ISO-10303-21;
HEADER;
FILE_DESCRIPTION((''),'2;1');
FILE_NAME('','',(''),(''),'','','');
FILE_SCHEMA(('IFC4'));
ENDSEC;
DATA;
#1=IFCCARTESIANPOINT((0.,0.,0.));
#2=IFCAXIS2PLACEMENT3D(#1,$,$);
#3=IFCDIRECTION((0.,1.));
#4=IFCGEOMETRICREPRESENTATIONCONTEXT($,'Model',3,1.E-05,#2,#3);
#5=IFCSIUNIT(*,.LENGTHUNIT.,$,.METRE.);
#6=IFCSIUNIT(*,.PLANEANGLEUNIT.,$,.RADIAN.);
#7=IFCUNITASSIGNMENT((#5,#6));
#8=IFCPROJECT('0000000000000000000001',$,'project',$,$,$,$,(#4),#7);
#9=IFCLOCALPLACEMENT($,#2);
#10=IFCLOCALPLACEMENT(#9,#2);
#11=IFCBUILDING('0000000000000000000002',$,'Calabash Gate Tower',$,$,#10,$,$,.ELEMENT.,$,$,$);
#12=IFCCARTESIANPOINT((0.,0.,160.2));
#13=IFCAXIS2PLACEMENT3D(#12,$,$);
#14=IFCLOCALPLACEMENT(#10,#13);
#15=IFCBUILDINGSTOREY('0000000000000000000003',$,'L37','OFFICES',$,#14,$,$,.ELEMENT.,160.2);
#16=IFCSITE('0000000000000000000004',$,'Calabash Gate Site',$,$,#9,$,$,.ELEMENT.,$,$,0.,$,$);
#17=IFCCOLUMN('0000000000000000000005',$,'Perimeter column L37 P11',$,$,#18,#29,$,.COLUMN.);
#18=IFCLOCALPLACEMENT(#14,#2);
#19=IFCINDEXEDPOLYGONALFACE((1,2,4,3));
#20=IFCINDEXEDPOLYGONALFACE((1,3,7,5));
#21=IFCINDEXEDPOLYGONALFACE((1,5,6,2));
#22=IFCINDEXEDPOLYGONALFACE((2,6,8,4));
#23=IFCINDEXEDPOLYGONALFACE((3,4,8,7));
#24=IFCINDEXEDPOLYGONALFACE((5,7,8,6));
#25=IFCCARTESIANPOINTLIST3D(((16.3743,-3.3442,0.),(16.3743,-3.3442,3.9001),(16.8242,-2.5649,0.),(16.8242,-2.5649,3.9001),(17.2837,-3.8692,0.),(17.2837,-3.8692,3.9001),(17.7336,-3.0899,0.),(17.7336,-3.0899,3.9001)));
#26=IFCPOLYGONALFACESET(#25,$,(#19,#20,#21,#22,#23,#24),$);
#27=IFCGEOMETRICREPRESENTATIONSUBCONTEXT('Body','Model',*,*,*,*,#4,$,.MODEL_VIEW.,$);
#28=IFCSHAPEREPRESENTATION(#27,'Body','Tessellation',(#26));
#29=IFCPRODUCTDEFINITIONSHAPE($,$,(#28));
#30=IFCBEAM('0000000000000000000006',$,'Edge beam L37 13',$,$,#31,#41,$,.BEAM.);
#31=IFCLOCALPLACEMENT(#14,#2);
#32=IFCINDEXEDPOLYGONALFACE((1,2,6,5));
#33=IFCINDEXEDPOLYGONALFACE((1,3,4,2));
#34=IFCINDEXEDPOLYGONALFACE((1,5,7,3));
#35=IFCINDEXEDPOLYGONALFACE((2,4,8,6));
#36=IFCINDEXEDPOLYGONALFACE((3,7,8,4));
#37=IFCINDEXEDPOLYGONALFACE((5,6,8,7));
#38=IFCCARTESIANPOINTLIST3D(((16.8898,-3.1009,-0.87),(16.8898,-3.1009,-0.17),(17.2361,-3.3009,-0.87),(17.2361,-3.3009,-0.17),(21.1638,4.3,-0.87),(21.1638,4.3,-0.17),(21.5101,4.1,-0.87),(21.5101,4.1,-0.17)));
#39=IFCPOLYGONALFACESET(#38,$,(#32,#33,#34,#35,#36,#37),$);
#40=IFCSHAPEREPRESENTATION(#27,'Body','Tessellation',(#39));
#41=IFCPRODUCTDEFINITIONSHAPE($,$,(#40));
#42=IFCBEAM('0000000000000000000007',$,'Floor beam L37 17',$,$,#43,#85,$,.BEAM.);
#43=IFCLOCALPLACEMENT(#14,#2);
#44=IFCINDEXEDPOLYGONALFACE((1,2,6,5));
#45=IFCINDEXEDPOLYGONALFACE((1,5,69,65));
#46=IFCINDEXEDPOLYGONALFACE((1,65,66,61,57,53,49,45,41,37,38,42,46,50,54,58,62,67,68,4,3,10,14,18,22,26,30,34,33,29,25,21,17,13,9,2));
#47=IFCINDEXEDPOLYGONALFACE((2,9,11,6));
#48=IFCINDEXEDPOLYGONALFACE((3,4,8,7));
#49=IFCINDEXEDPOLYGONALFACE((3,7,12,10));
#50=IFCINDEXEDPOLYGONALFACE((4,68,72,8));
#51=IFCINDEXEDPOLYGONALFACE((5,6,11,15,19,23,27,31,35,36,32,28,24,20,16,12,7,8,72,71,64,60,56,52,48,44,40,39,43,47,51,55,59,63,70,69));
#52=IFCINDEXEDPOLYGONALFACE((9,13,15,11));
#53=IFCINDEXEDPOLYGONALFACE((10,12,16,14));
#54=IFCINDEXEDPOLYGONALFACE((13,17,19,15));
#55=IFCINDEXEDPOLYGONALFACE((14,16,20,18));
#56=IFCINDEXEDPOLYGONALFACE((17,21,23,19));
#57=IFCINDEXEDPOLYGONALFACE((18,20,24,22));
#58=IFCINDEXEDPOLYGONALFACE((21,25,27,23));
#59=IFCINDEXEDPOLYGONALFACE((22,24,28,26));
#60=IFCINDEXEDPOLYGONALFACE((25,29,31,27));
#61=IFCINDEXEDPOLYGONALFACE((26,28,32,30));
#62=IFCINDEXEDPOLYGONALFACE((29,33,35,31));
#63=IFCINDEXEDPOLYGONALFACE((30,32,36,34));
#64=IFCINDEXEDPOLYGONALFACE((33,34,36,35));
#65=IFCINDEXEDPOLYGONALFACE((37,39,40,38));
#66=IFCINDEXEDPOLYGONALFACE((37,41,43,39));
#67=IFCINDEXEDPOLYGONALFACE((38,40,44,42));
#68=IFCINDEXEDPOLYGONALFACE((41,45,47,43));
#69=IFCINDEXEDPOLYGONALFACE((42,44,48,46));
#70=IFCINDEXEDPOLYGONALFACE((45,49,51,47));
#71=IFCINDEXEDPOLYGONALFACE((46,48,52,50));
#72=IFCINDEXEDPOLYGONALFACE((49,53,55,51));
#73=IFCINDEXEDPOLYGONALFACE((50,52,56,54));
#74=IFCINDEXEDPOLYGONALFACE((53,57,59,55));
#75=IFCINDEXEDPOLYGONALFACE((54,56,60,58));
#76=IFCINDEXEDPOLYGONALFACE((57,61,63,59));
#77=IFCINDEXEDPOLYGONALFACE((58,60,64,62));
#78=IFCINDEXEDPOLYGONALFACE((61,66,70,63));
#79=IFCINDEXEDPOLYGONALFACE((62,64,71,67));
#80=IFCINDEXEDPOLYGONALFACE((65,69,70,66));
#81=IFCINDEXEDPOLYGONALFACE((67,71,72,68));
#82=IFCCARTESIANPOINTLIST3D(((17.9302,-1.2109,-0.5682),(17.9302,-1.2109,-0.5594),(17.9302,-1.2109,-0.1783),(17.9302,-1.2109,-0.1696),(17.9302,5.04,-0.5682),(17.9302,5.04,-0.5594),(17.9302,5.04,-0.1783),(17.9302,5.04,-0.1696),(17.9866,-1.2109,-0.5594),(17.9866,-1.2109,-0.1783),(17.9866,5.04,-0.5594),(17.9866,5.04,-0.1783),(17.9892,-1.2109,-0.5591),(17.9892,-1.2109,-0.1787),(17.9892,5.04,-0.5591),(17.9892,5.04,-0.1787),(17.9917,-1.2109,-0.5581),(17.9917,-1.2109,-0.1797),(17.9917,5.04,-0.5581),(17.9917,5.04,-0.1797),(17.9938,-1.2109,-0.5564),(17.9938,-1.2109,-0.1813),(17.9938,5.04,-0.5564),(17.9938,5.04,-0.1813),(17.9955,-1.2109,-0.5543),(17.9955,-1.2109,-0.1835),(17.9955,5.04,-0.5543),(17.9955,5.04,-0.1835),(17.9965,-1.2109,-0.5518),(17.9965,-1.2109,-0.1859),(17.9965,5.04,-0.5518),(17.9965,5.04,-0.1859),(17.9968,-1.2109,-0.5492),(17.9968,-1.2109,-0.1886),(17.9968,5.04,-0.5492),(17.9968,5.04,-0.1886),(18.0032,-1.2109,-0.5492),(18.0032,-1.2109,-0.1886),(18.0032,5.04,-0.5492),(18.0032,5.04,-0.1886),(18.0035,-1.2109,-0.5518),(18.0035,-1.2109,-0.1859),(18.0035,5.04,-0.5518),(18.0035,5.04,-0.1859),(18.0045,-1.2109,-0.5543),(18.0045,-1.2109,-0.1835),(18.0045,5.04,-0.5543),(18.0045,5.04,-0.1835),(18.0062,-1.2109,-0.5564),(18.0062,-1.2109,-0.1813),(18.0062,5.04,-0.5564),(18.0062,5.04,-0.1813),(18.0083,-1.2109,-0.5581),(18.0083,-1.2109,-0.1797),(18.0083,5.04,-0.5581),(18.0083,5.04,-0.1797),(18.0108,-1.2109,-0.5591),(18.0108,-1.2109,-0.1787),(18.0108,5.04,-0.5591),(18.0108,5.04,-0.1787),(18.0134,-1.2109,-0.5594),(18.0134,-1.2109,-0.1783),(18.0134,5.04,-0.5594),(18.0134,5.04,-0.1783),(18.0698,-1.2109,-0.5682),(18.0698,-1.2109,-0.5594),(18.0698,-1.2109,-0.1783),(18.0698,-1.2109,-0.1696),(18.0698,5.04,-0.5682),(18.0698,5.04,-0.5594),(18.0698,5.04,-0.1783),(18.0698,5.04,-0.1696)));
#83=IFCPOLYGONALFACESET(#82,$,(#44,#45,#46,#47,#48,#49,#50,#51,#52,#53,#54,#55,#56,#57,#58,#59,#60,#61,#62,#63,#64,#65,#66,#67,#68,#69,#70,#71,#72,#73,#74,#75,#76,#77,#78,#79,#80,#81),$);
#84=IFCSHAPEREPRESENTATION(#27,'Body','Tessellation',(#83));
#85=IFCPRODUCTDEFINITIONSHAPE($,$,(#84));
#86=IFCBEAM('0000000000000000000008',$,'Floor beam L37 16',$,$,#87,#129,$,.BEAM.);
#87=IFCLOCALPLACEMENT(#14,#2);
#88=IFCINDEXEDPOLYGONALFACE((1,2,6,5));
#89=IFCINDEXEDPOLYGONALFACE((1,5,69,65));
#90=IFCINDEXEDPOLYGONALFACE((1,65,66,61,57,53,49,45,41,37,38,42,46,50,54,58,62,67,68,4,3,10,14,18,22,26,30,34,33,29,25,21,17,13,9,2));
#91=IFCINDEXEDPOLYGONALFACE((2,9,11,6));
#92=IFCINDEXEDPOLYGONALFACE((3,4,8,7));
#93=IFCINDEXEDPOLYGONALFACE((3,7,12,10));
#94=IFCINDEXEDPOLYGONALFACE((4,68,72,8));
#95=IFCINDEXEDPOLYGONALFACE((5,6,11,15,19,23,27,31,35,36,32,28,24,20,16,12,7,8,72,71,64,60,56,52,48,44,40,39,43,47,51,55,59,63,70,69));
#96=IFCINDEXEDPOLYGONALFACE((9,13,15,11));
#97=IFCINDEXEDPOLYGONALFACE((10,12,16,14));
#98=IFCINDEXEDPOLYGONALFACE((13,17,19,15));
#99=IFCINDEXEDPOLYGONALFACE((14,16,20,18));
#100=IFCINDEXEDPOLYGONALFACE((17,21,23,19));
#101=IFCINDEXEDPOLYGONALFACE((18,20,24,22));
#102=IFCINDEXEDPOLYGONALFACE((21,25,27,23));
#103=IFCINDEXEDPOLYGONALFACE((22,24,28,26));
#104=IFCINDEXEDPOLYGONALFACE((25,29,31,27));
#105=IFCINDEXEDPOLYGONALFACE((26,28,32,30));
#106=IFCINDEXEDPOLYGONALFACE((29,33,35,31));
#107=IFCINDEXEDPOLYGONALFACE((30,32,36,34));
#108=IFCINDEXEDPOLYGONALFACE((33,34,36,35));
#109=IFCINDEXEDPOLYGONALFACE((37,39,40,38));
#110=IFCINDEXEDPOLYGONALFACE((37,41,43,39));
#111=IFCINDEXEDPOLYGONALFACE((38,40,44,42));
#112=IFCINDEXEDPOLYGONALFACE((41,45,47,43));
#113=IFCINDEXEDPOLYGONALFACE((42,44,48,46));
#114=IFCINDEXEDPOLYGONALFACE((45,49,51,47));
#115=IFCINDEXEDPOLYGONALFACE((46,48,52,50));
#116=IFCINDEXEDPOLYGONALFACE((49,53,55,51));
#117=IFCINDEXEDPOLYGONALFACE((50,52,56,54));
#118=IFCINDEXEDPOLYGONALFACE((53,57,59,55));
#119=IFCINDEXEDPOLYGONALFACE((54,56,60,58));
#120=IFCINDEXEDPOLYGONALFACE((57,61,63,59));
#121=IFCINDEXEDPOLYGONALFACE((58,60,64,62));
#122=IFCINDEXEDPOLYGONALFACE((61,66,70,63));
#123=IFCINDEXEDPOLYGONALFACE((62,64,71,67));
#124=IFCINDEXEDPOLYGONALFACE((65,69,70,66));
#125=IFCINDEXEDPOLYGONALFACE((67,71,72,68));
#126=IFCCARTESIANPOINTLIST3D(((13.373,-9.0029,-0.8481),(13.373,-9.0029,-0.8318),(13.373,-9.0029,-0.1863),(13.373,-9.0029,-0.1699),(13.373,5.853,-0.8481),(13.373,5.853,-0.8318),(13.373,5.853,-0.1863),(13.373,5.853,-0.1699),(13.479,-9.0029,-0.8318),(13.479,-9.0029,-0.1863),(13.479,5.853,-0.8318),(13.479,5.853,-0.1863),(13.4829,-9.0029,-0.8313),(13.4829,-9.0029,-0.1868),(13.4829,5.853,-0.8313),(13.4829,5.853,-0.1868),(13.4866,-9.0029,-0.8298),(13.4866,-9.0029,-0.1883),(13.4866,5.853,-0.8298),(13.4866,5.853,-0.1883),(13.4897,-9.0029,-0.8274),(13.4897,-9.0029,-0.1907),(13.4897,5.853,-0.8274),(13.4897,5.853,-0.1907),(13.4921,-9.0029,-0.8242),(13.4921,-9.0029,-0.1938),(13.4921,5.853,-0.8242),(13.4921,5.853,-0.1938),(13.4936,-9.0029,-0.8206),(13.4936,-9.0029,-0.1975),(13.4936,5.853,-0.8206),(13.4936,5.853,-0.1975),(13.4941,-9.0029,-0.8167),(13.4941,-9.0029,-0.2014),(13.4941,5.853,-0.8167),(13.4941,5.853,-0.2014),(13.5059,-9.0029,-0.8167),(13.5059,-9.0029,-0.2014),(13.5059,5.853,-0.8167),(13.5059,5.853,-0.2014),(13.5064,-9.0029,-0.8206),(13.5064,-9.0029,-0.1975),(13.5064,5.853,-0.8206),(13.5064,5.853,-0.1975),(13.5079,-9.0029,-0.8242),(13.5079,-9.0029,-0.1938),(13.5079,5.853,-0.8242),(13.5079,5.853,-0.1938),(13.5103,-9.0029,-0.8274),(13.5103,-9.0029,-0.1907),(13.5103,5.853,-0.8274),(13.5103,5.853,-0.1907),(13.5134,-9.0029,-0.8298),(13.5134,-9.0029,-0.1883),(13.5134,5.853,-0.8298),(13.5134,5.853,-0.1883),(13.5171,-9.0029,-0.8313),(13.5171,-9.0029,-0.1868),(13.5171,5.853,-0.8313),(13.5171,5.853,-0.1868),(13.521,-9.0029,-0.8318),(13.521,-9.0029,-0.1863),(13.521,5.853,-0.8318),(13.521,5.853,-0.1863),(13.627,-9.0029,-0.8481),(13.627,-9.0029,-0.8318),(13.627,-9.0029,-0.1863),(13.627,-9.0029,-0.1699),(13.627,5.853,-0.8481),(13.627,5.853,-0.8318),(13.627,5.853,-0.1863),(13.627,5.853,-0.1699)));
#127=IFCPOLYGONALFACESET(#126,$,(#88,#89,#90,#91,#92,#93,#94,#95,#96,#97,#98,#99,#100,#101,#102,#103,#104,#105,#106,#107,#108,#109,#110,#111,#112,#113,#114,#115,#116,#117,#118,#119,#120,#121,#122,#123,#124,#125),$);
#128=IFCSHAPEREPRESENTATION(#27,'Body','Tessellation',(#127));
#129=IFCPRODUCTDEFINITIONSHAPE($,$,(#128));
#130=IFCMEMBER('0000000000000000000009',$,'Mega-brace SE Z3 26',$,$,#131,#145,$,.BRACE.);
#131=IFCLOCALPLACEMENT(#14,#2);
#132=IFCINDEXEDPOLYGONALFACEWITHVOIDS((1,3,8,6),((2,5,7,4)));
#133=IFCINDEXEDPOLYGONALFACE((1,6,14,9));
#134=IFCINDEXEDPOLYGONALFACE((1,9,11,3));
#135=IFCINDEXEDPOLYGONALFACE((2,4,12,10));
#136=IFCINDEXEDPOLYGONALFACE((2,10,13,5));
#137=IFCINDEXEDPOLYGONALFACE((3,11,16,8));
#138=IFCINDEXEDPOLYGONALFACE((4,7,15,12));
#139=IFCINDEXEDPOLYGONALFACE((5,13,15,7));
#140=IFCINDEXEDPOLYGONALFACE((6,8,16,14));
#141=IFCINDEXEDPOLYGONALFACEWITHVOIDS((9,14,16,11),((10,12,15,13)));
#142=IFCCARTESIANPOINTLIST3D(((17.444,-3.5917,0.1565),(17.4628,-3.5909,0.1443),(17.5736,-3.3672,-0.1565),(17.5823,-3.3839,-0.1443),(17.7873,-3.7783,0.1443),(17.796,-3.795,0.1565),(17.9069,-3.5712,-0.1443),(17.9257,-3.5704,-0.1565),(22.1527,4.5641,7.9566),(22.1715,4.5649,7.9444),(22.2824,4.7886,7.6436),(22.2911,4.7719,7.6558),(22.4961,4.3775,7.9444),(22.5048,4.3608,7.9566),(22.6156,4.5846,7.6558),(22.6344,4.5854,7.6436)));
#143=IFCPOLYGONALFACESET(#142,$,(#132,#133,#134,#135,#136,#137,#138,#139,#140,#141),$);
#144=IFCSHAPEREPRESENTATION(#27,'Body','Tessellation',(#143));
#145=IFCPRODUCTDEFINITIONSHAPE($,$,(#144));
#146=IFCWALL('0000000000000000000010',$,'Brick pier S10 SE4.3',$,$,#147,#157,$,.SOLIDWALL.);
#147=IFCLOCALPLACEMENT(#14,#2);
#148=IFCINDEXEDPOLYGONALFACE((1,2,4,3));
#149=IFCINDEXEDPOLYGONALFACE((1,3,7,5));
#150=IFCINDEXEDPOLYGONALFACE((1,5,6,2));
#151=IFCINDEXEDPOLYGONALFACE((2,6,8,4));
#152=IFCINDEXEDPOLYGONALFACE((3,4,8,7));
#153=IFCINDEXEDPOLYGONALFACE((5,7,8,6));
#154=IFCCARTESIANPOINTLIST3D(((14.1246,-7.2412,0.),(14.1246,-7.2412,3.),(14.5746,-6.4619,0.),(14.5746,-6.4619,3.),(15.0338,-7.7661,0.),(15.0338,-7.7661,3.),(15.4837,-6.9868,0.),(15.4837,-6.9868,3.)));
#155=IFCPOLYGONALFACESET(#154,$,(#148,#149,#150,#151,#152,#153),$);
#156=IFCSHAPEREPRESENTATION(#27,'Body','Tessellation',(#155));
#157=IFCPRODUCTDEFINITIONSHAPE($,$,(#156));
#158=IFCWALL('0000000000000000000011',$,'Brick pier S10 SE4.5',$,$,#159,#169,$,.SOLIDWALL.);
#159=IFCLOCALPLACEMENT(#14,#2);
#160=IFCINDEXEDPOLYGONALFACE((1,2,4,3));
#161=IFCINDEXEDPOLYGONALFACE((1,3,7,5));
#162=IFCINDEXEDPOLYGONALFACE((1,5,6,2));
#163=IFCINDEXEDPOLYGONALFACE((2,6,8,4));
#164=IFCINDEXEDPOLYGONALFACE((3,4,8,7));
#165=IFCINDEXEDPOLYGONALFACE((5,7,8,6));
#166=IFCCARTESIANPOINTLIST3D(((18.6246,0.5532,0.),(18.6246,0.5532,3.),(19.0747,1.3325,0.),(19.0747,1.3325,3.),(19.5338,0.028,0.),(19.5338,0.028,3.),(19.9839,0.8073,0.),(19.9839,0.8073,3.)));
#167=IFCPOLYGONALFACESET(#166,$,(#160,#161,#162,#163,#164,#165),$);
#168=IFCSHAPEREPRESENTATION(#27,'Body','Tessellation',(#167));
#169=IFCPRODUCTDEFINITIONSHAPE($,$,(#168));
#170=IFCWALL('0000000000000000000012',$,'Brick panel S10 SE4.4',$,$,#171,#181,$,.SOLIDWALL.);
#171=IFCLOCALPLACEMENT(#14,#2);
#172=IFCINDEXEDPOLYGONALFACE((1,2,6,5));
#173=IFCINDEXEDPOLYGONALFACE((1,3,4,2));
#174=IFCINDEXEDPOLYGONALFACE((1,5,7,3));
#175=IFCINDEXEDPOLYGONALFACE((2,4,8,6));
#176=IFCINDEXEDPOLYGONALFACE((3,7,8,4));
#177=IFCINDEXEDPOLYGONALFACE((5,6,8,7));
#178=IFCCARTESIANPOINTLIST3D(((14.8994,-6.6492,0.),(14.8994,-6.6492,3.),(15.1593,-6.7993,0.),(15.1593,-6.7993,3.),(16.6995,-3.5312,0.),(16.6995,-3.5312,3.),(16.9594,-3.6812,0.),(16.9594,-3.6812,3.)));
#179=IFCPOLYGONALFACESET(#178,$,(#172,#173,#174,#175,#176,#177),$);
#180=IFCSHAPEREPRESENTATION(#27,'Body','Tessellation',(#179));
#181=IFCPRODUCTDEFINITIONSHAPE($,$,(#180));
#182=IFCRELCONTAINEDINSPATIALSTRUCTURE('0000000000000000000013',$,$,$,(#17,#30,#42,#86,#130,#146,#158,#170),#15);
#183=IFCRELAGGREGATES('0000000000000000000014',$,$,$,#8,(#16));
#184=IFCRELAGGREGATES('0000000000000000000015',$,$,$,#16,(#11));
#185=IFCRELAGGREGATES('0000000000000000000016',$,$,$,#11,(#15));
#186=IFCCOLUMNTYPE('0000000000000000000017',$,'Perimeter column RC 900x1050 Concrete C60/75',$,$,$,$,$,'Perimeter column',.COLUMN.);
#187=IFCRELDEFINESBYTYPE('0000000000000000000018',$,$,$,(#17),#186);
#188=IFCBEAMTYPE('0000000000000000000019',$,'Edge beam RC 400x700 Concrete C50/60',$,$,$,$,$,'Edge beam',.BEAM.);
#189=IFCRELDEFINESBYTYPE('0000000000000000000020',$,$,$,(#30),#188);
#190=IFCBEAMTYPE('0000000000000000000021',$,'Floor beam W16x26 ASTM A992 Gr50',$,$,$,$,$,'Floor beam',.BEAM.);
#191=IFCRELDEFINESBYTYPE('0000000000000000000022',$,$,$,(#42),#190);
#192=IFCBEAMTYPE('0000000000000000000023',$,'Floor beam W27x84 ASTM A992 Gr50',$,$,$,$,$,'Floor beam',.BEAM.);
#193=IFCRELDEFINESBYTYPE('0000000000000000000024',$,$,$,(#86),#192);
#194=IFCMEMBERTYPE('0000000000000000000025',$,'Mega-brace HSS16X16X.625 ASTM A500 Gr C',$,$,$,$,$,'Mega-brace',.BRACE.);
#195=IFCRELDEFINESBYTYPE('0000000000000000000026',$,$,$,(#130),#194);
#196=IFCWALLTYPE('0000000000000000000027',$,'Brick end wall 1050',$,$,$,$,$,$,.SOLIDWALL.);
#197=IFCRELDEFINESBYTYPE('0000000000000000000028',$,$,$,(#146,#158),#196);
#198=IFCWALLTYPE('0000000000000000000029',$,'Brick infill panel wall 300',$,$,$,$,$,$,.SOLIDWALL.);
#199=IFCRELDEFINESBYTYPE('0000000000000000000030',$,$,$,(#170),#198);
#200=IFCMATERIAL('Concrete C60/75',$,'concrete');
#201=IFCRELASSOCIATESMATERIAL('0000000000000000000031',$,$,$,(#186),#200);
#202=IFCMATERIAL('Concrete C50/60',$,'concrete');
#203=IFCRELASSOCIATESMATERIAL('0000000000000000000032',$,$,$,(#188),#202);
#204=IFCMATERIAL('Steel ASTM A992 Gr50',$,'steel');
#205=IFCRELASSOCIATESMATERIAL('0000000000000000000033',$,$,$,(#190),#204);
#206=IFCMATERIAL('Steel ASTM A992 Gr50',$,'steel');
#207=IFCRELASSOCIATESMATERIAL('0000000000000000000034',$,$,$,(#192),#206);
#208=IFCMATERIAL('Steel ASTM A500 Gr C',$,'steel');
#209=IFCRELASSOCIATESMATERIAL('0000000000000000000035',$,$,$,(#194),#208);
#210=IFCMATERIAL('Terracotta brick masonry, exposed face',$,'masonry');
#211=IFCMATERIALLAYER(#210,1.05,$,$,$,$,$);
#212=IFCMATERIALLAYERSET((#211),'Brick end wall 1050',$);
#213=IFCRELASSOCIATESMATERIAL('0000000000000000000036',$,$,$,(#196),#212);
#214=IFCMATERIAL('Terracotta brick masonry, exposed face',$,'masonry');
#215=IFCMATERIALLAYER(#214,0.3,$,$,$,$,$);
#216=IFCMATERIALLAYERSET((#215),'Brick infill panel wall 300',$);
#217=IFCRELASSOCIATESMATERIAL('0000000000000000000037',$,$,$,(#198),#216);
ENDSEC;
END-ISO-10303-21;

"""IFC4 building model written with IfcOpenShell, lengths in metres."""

from ifc_helpers import new_model, si_unit, direction, frame, frame_2d, origin, origin_2d, place, context, subcontext, project, spatial, rectangle, hollow_rectangle, i_section, extrude, material, layer, layer_set, material_profile, profile_set, type_object, element, save


model = new_model("IFC4")

# Units and contexts
model_context = context("Model", 3, precision=1e-05, world=origin(), true_north=direction((0.0, 1.0)))
body_context = subcontext(model_context, "Body", "Model", "MODEL_VIEW")
ifc_project = project(units=[si_unit("LENGTHUNIT", "METRE"), si_unit("PLANEANGLEUNIT", "RADIAN")], contexts=[model_context])

# Site, building, storey
site_placement = place(None, origin())
site = spatial("IfcSite", under=ifc_project, at=site_placement, Name="Calabash Gate Site", CompositionType="ELEMENT", RefElevation=0.0)
building_placement = place(site_placement, origin())
building = spatial("IfcBuilding", under=site, at=building_placement, Name="Calabash Gate Tower", CompositionType="ELEMENT")
storey_placement = place(building_placement, frame((0.0, 0.0, 160.2)))
storey = spatial("IfcBuildingStorey", under=building, at=storey_placement, Name="L37", Description="OFFICES", CompositionType="ELEMENT", Elevation=160.2)

# Column
ifc_material_1 = material(Name="Concrete C60/75", Category="concrete")
ifc_material_profile_1 = material_profile(ifc_material_1, rectangle(XDim=0.8999, YDim=1.05, at=origin_2d()))
ifc_profile_set_1 = profile_set([ifc_material_profile_1], Name="Concrete C60/75")
column_type = type_object("IfcColumnType", Name="Perimeter column RC 900x1050 Concrete C60/75", ElementType="Perimeter column", PredefinedType="COLUMN", material=ifc_profile_set_1)
column_placement = place(storey_placement, frame((17.054, -3.217, 0.0), z_axis=(0.0, 0.0, 1.0), x_axis=(0.5, 0.866025, 0.0)))
element("IfcColumn", 1, at=column_placement, inside=storey, type_object=column_type, Name="Perimeter column L37 P11", PredefinedType="COLUMN", context=body_context, shape_type="SweptSolid", body=[
    extrude(rectangle(XDim=0.8999, YDim=1.05, at=origin_2d()), origin(), (0.0, 0.0, 1.0), 3.9001),
])

# Beams
ifc_material_2 = material(Name="Concrete C50/60", Category="concrete")
ifc_material_profile_2 = material_profile(ifc_material_2, rectangle(XDim=0.3999, YDim=0.7, at=origin_2d()))
ifc_profile_set_2 = profile_set([ifc_material_profile_2], Name="Concrete C50/60")
beam_type_1 = type_object("IfcBeamType", Name="Edge beam RC 400x700 Concrete C50/60", ElementType="Edge beam", PredefinedType="BEAM", material=ifc_profile_set_2)
beam_1_placement = place(storey_placement, frame((17.063, -3.2009, -0.52), z_axis=(0.50009, 0.865973, 0.0), x_axis=(-0.865973, 0.50009, 0.0)))
element("IfcBeam", 2, at=beam_1_placement, inside=storey, type_object=beam_type_1, Name="Edge beam L37 13", PredefinedType="BEAM", context=body_context, shape_type="SweptSolid", body=[
    extrude(rectangle(XDim=0.3999, YDim=0.7, at=origin_2d()), origin(), (0.0, 0.0, 1.0), 8.5464),
])
ifc_material_3 = material(Name="Steel ASTM A992 Gr50", Category="steel")
ifc_material_profile_3 = material_profile(ifc_material_3, i_section(OverallWidth=0.1396, OverallDepth=0.3987, WebThickness=0.0063, FlangeThickness=0.0088, FilletRadius=0.0103, at=origin_2d()))
ifc_profile_set_3 = profile_set([ifc_material_profile_3], Name="Steel ASTM A992 Gr50")
beam_type_2 = type_object("IfcBeamType", Name="Floor beam W16x26 ASTM A992 Gr50", ElementType="Floor beam", PredefinedType="BEAM", material=ifc_profile_set_3)
beam_2_placement = place(storey_placement, frame((18.0, -1.2109, -0.3689), z_axis=(0.0, 1.0, 0.0), x_axis=(-1.0, 0.0, 0.0)))
element("IfcBeam", 3, at=beam_2_placement, inside=storey, type_object=beam_type_2, Name="Floor beam L37 17", PredefinedType="BEAM", context=body_context, shape_type="SweptSolid", body=[
    extrude(i_section(OverallWidth=0.1396, OverallDepth=0.3987, WebThickness=0.0063, FlangeThickness=0.0088, FilletRadius=0.0103, at=origin_2d()), origin(), (0.0, 0.0, 1.0), 6.251),
])
ifc_material_4 = material(Name="Steel ASTM A992 Gr50", Category="steel")
ifc_material_profile_4 = material_profile(ifc_material_4, i_section(OverallWidth=0.2539, OverallDepth=0.6782, WebThickness=0.0117, FlangeThickness=0.0164, FilletRadius=0.0151, at=origin_2d()))
ifc_profile_set_4 = profile_set([ifc_material_profile_4], Name="Steel ASTM A992 Gr50")
beam_type_3 = type_object("IfcBeamType", Name="Floor beam W27x84 ASTM A992 Gr50", ElementType="Floor beam", PredefinedType="BEAM", material=ifc_profile_set_4)
beam_3_placement = place(storey_placement, frame((13.5, -9.0029, -0.509), z_axis=(0.0, 1.0, 0.0), x_axis=(-1.0, 0.0, 0.0)))
element("IfcBeam", 4, at=beam_3_placement, inside=storey, type_object=beam_type_3, Name="Floor beam L37 16", PredefinedType="BEAM", context=body_context, shape_type="SweptSolid", body=[
    extrude(i_section(OverallWidth=0.2539, OverallDepth=0.6782, WebThickness=0.0117, FlangeThickness=0.0164, FilletRadius=0.0151, at=origin_2d()), origin(), (0.0, 0.0, 1.0), 14.856),
])

# Member
ifc_material_5 = material(Name="Steel ASTM A500 Gr C", Category="steel")
ifc_material_profile_5 = material_profile(ifc_material_5, hollow_rectangle(XDim=0.4065, YDim=0.4065, WallThickness=0.0159, at=origin_2d()))
ifc_profile_set_5 = profile_set([ifc_material_profile_5], Name="Steel ASTM A500 Gr C")
member_type = type_object("IfcMemberType", Name="Mega-brace HSS16X16X.625 ASTM A500 Gr C", ElementType="Mega-brace", PredefinedType="BRACE", material=ifc_profile_set_5)
member_placement = place(storey_placement, frame((17.6848, -3.5811, 0.0), z_axis=(0.385071, 0.666962, 0.637873), x_axis=(-0.866025, 0.500001, 0.0)))
element("IfcMember", 5, at=member_placement, inside=storey, type_object=member_type, Name="Mega-brace SE Z3 26", PredefinedType="BRACE", context=body_context, shape_type="SweptSolid", body=[
    extrude(hollow_rectangle(XDim=0.4065, YDim=0.4065, WallThickness=0.0159, at=origin_2d()), origin(), (0.0, 0.0, 1.0), 12.2283),
])

# Walls
ifc_material_6 = material(Name="Terracotta brick masonry, exposed face", Category="masonry")
ifc_layer_1 = layer(ifc_material_6, 1.05)
ifc_layer_set_1 = layer_set([ifc_layer_1], Name="Brick end wall 1050")
wall_type_1 = type_object("IfcWallType", Name="Brick end wall 1050", PredefinedType="SOLIDWALL", material=ifc_layer_set_1)
wall_1_placement = place(storey_placement, frame((14.3496, -6.8516, 0.0), z_axis=(0.0, 0.0, 1.0), x_axis=(0.866031, -0.499991, 0.0)))
element("IfcWall", 6, at=wall_1_placement, inside=storey, type_object=wall_type_1, Name="Brick pier S10 SE4.3", PredefinedType="SOLIDWALL", context=body_context, shape_type="SweptSolid", body=[
    extrude(rectangle(XDim=1.0498, YDim=0.8999, at=frame_2d((0.5249, 0.0))), origin(), (0.0, 0.0, 1.0), 3.0),
])
wall_2_placement = place(storey_placement, frame((19.7588, 0.4177, 0.0), z_axis=(0.0, 0.0, 1.0), x_axis=(-0.86593, 0.500165, 0.0)))
element("IfcWall", 7, at=wall_2_placement, inside=storey, type_object=wall_type_1, Name="Brick pier S10 SE4.5", PredefinedType="SOLIDWALL", context=body_context, shape_type="SweptSolid", body=[
    extrude(rectangle(XDim=1.05, YDim=0.8999, at=frame_2d((0.5249, 0.0))), origin(), (0.0, 0.0, 1.0), 3.0),
])
ifc_material_7 = material(Name="Terracotta brick masonry, exposed face", Category="masonry")
ifc_layer_2 = layer(ifc_material_7, 0.3)
ifc_layer_set_2 = layer_set([ifc_layer_2], Name="Brick infill panel wall 300")
wall_type_2 = type_object("IfcWallType", Name="Brick infill panel wall 300", PredefinedType="SOLIDWALL", material=ifc_layer_set_2)
wall_3_placement = place(storey_placement, frame((15.0293, -6.7244, 0.0), z_axis=(0.0, 0.0, 1.0), x_axis=(0.499983, 0.866035, 0.0)))
element("IfcWall", 8, at=wall_3_placement, inside=storey, type_object=wall_type_2, Name="Brick panel S10 SE4.4", PredefinedType="SOLIDWALL", context=body_context, shape_type="SweptSolid", body=[
    extrude(rectangle(XDim=3.6003, YDim=0.3, at=frame_2d((1.8003, 0.0))), origin(), (0.0, 0.0, 1.0), 3.0),
])

save(model, "model.ifc")
